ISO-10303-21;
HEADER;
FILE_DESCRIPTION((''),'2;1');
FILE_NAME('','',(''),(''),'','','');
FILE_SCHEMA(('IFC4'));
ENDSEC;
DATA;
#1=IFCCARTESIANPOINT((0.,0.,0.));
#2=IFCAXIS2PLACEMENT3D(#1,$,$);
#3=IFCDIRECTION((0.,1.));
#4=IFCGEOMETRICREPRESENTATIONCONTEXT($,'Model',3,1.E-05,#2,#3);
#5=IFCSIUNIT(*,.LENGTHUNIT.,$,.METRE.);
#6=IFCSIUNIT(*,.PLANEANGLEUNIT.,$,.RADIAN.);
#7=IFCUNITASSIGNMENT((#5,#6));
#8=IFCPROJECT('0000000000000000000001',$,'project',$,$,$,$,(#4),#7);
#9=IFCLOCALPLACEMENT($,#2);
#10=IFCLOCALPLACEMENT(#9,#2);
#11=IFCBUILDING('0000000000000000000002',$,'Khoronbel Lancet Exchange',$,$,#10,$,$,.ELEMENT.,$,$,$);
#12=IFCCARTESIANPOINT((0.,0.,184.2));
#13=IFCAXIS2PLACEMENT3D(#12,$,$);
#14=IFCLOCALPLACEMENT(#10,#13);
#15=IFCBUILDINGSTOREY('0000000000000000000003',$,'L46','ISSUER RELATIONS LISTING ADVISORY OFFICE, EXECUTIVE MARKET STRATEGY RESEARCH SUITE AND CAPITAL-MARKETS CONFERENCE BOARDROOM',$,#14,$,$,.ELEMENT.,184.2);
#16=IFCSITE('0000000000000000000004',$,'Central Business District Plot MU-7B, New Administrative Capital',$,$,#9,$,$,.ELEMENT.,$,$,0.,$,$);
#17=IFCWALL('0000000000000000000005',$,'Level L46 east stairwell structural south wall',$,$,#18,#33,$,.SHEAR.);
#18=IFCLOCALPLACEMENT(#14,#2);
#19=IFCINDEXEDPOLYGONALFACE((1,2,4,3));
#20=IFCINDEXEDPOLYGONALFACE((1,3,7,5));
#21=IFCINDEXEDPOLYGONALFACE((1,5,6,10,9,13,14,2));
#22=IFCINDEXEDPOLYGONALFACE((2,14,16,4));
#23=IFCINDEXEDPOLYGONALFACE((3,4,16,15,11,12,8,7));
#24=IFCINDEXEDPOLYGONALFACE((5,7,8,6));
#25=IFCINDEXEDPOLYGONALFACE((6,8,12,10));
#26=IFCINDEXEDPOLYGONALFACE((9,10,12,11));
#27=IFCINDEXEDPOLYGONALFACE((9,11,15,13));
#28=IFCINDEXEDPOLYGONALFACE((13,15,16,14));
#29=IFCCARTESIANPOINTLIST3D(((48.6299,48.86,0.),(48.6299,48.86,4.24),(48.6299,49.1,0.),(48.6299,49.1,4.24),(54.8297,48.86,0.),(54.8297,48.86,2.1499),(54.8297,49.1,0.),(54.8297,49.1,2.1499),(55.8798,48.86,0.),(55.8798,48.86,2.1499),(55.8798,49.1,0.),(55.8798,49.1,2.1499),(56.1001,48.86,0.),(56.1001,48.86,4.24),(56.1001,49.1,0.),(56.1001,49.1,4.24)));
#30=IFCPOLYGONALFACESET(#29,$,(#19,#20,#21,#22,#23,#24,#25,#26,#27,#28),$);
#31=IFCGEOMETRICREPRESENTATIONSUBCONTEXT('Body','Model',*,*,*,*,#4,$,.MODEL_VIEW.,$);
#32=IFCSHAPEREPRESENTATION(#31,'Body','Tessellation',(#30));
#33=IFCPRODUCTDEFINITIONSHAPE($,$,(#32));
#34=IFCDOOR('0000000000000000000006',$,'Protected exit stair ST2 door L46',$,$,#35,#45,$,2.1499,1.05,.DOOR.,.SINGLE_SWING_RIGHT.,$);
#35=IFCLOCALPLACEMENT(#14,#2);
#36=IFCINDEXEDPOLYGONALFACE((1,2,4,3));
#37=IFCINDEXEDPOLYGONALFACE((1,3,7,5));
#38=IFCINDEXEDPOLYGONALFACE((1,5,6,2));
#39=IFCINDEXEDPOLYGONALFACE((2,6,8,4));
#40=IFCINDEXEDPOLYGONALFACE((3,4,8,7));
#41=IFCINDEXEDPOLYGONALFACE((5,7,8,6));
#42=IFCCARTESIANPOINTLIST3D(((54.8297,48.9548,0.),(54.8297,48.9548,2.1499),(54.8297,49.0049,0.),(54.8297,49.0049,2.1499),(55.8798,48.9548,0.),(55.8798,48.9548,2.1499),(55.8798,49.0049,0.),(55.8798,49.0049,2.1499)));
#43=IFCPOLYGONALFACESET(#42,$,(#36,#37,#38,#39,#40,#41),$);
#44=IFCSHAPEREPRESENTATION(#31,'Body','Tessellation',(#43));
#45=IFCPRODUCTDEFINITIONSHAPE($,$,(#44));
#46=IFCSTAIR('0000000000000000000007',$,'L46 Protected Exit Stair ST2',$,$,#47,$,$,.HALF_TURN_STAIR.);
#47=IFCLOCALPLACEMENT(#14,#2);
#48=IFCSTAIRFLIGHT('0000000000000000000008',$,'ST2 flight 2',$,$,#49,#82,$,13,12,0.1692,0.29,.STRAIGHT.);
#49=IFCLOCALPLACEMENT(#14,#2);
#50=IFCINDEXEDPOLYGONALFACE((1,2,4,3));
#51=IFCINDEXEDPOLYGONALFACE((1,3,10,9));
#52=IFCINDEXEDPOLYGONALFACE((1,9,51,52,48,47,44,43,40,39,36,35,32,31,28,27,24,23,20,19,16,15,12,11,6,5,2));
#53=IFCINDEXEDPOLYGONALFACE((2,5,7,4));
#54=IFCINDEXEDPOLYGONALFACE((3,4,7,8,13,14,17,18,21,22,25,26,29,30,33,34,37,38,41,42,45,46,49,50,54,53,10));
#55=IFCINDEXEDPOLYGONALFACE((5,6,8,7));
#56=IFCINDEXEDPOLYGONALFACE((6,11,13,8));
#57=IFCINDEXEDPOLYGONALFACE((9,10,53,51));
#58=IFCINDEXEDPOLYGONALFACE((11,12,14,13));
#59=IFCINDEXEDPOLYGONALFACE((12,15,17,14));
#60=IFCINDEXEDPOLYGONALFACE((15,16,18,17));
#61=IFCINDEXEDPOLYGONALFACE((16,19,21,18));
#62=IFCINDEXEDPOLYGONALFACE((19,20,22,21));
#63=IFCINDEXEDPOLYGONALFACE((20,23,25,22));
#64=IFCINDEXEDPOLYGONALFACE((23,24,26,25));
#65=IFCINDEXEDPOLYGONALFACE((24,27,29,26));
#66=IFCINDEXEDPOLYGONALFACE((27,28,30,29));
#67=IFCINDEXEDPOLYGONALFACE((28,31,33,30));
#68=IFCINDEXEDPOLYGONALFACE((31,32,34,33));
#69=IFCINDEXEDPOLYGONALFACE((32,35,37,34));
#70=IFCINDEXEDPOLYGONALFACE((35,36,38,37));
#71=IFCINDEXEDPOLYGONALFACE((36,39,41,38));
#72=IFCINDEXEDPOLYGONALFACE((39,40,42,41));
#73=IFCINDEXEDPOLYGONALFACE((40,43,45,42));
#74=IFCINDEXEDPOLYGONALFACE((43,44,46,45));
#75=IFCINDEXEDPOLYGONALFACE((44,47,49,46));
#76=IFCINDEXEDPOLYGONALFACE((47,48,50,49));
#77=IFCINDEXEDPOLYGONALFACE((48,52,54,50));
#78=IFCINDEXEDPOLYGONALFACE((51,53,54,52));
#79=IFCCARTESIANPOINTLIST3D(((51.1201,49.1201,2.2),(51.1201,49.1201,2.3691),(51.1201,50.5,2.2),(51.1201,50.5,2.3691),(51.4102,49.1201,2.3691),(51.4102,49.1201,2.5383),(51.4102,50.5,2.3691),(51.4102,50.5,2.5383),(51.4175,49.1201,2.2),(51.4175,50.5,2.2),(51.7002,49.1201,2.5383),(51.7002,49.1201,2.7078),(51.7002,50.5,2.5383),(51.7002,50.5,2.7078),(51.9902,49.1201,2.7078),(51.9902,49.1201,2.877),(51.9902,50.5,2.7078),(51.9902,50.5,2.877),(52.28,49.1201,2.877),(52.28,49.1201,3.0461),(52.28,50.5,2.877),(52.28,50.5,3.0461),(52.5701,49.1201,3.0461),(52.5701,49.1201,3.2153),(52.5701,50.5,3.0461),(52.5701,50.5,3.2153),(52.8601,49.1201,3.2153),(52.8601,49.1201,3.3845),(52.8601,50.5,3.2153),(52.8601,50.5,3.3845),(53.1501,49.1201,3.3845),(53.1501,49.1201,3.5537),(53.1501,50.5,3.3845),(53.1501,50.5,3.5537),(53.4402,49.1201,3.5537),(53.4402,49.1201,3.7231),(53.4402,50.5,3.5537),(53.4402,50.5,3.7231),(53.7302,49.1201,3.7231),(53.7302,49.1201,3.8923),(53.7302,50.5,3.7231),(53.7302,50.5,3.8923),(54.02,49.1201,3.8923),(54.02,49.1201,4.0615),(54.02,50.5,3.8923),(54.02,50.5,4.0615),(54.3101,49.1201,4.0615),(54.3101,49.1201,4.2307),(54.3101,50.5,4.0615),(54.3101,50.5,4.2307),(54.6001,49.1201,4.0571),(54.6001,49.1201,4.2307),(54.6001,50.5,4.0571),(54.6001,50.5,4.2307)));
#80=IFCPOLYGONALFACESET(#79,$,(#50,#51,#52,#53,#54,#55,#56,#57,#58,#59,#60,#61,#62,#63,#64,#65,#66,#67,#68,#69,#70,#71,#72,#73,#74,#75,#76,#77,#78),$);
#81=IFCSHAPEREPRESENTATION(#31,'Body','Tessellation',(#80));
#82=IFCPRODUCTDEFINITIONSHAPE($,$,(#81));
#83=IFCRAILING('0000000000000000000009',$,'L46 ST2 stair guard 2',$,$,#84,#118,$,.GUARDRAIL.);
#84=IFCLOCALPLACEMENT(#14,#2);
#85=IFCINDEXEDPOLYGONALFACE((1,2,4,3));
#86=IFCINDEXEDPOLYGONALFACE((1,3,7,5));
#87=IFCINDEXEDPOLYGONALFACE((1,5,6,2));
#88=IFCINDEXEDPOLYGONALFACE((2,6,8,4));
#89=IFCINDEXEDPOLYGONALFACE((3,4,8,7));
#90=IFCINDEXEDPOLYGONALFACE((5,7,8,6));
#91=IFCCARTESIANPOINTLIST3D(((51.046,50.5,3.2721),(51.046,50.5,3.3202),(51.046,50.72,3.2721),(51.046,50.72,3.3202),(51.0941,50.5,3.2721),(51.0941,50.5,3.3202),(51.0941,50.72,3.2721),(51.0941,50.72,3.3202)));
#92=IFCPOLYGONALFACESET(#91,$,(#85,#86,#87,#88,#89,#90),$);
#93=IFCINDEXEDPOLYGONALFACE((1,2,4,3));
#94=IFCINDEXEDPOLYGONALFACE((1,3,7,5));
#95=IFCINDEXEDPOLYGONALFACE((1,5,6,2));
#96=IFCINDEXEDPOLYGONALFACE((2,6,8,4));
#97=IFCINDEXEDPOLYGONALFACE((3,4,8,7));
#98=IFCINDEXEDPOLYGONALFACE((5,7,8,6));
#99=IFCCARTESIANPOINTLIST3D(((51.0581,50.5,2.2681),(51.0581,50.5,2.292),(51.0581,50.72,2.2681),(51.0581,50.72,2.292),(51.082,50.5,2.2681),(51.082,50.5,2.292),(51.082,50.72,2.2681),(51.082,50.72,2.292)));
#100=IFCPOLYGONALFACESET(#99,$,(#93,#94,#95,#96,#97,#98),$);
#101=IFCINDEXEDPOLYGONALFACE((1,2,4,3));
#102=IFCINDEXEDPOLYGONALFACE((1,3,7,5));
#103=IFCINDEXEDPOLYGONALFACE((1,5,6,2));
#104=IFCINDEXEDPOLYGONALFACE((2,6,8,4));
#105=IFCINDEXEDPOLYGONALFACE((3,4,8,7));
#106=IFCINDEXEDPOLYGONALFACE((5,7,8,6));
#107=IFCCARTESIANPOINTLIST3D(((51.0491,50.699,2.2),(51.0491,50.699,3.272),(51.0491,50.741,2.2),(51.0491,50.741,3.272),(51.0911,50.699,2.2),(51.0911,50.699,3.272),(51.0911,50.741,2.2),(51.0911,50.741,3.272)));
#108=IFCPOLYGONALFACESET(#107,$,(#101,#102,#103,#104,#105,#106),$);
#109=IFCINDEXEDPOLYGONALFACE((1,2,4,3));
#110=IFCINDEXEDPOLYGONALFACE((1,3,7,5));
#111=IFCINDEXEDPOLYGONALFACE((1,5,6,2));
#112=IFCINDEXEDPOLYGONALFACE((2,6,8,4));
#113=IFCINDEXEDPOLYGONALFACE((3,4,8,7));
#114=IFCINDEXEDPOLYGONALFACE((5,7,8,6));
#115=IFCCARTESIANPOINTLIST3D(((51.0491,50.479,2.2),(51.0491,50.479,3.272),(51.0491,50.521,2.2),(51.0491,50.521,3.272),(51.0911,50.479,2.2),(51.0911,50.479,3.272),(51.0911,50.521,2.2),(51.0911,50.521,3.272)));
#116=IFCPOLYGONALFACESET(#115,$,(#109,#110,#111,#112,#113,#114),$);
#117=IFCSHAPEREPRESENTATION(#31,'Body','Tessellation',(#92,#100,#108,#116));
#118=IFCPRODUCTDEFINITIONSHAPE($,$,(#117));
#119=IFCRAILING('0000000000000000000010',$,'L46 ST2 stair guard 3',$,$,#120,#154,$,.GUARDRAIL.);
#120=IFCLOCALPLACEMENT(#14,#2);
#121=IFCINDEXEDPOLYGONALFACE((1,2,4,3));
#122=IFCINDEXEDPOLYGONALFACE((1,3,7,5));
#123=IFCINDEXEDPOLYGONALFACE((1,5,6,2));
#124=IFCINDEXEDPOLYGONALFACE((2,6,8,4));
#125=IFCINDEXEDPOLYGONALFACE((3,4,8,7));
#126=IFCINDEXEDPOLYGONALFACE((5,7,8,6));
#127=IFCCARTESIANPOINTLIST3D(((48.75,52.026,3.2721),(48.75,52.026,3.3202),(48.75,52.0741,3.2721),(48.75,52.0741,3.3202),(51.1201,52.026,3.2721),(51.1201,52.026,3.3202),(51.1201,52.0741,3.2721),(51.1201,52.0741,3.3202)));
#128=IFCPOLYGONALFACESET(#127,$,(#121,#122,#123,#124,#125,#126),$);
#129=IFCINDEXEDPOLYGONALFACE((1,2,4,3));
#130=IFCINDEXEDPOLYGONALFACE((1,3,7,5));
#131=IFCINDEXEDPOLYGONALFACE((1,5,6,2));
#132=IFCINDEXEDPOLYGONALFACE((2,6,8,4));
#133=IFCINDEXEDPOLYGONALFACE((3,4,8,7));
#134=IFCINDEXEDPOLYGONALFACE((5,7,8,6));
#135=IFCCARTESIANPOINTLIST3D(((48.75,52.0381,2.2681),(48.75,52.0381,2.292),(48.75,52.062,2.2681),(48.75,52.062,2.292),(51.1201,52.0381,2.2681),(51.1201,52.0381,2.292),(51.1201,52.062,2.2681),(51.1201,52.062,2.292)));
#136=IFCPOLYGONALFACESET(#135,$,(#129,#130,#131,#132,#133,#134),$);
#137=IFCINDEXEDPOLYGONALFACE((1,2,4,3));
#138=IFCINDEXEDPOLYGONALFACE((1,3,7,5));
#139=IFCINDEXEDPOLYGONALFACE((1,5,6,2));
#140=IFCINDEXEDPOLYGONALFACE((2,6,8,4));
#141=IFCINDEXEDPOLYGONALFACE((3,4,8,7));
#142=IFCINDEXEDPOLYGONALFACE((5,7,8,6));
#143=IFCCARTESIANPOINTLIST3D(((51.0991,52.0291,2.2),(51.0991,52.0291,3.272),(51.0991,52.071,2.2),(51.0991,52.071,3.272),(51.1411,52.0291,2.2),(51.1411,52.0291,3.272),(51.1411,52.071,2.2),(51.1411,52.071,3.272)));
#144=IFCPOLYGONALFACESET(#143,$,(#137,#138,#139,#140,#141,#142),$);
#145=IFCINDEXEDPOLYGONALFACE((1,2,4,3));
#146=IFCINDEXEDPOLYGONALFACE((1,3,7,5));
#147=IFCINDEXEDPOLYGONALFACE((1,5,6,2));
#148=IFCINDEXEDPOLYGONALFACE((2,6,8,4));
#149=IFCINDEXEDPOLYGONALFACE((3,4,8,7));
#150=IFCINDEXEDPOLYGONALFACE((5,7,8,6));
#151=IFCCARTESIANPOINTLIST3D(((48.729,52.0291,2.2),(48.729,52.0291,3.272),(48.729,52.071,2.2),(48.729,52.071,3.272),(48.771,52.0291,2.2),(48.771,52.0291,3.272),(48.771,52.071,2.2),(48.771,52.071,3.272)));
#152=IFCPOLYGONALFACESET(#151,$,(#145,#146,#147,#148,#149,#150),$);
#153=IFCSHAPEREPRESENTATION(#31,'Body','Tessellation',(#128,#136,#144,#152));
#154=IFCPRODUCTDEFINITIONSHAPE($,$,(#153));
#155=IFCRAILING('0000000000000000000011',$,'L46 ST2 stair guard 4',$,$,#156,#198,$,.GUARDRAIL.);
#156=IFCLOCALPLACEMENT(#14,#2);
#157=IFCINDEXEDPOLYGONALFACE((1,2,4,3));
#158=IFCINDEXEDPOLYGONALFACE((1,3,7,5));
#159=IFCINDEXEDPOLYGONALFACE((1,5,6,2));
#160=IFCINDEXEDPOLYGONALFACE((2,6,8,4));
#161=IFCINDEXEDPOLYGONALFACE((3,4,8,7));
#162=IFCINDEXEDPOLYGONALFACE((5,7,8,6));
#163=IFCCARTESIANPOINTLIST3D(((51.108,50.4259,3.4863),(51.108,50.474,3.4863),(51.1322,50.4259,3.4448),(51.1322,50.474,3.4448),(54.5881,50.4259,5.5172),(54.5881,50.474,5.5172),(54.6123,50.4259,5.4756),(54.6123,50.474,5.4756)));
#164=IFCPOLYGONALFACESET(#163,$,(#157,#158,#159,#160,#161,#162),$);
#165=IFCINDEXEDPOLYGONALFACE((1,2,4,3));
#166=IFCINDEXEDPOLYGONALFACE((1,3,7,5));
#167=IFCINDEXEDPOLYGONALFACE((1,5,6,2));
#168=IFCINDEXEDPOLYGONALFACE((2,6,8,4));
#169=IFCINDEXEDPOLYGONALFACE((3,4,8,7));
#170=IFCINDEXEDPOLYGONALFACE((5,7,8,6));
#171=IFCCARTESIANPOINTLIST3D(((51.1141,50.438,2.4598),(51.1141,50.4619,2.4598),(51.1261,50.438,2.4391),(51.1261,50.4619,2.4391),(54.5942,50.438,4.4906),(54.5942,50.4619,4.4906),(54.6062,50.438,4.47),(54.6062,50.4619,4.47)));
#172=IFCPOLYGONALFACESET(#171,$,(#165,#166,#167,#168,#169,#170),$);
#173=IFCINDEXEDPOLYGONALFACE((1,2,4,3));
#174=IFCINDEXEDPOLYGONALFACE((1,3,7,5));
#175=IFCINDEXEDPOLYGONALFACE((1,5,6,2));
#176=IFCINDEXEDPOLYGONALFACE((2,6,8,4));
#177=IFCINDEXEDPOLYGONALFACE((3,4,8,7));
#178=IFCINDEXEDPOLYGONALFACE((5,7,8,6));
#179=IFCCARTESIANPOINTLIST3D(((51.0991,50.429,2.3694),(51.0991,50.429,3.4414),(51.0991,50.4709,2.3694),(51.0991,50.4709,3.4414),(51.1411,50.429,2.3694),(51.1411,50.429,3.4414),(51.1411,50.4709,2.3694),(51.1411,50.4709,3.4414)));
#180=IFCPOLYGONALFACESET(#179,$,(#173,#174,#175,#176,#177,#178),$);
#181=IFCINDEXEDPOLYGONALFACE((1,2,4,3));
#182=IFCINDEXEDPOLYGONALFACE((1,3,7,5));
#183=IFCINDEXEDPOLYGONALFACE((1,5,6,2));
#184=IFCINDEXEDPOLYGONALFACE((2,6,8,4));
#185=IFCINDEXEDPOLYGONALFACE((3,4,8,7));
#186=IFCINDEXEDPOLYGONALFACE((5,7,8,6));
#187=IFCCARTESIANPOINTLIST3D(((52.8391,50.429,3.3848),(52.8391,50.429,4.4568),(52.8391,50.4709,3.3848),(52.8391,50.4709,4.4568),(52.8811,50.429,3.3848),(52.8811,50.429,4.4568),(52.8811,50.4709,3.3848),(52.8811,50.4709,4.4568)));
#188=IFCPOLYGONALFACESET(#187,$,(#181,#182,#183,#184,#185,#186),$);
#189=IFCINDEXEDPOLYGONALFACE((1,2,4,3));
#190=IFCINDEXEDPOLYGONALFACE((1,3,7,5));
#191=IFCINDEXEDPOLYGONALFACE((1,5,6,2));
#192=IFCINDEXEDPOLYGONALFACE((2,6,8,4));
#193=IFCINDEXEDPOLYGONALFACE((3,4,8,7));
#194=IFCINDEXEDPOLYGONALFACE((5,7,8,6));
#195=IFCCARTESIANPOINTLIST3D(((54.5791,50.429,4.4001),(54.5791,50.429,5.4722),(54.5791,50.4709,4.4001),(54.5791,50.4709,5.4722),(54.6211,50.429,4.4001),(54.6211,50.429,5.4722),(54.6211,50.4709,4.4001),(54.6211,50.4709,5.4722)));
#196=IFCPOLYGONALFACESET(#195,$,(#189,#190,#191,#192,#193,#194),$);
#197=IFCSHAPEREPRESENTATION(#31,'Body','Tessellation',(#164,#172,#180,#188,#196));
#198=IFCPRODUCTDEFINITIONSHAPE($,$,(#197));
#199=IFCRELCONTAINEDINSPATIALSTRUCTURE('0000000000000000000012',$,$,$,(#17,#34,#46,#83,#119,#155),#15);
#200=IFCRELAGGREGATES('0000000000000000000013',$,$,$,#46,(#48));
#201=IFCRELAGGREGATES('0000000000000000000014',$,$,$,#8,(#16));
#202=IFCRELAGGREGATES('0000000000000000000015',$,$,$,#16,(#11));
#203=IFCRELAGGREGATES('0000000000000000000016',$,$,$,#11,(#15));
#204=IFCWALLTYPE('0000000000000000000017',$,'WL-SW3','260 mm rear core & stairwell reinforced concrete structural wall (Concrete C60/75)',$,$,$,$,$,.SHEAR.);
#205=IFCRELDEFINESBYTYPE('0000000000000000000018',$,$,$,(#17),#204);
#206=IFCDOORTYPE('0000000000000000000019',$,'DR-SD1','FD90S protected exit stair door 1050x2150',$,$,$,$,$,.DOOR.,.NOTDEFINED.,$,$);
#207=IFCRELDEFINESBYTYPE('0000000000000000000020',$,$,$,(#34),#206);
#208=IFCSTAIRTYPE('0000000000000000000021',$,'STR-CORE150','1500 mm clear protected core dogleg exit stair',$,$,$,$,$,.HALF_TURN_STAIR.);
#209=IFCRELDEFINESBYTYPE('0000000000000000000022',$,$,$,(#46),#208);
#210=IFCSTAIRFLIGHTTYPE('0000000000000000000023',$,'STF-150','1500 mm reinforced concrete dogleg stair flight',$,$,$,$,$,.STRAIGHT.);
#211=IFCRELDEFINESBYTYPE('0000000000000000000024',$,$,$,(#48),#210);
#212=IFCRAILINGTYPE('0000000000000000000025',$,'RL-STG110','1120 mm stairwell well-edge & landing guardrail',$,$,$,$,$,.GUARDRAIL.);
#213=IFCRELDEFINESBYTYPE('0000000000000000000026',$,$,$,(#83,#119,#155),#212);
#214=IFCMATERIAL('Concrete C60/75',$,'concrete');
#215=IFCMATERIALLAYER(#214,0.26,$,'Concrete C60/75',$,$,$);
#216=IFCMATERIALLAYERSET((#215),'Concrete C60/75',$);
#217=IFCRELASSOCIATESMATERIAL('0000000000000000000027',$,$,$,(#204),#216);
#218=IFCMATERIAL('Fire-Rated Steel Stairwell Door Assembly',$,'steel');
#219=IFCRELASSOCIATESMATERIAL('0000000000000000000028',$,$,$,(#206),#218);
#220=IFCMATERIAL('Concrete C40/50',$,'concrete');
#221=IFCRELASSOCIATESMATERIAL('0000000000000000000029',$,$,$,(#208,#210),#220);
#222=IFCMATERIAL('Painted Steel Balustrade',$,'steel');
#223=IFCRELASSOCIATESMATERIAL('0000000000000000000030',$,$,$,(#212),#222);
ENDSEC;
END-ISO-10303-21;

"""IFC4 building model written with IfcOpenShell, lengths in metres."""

from ifc_helpers import new_model, si_unit, direction, frame, frame_2d, origin, origin_2d, place, context, subcontext, project, spatial, polyline, rectangle, outline, extrude, material, layer, layer_set, type_object, element, fill, aggregate, save


model = new_model("IFC4")

# Units and contexts
model_context = context("Model", 3, precision=1e-05, world=origin(), true_north=direction((0.0, 1.0)))
body_context = subcontext(model_context, "Body", "Model", "MODEL_VIEW")
ifc_project = project(units=[si_unit("LENGTHUNIT", "METRE"), si_unit("PLANEANGLEUNIT", "RADIAN")], contexts=[model_context])

# Site, building, storey
site_placement = place(None, origin())
site = spatial("IfcSite", under=ifc_project, at=site_placement, Name="Central Business District Plot MU-7B, New Administrative Capital", CompositionType="ELEMENT", RefElevation=0.0)
building_placement = place(site_placement, origin())
building = spatial("IfcBuilding", under=site, at=building_placement, Name="Khoronbel Lancet Exchange", CompositionType="ELEMENT")
storey_placement = place(building_placement, frame((0.0, 0.0, 184.2)))
storey = spatial("IfcBuildingStorey", under=building, at=storey_placement, Name="L46", Description="ISSUER RELATIONS LISTING ADVISORY OFFICE, EXECUTIVE MARKET STRATEGY RESEARCH SUITE AND CAPITAL-MARKETS CONFERENCE BOARDROOM", CompositionType="ELEMENT", Elevation=184.2)

# Shared definitions
ifc_material_1 = material(Name="Concrete C60/75", Category="concrete")

# Wall, opening, door
ifc_layer_1 = layer(ifc_material_1, 0.26, Name="Concrete C60/75")
ifc_layer_set_1 = layer_set([ifc_layer_1], Name="Concrete C60/75")
wall_type_1 = type_object("IfcWallType", Name="WL-SW3", Description="260 mm rear core & stairwell reinforced concrete structural wall (Concrete C60/75)", PredefinedType="SHEAR", material=ifc_layer_set_1)
wall_1_placement = place(storey_placement, frame((48.6299, 48.98, 0.0), z_axis=(0.0, 0.0, 1.0), x_axis=(1.0, 0.0, 0.0)))
wall_1 = element("IfcWall", 1, at=wall_1_placement, inside=storey, type_object=wall_type_1, Name="Level L46 east stairwell structural south wall", PredefinedType="SHEAR", context=body_context, shape_type="SweptSolid", body=[
    extrude(rectangle(XDim=7.4702, YDim=0.24, at=frame_2d((3.7351, 0.0))), origin(), (0.0, 0.0, 1.0), 4.24),
])
opening_1_placement = place(wall_1_placement, frame((6.2, 0.0, 0.0)))
opening_1 = element("IfcOpeningElement", 2, at=opening_1_placement, cuts=wall_1, PredefinedType="OPENING", context=body_context, shape_type="SweptSolid", body=[
    extrude(rectangle(XDim=1.05, YDim=2.1499, at=frame_2d((0.5249, 1.075))), frame((0.0, 0.1299, 0.0), z_axis=(0.0, -1.0, 0.0), x_axis=(1.0, 0.0, 0.0)), (0.0, 0.0, 1.0), 0.26),
])
ifc_material_2 = material(Name="Fire-Rated Steel Stairwell Door Assembly", Category="steel")
door_type_1 = type_object("IfcDoorType", Name="DR-SD1", Description="FD90S protected exit stair door 1050x2150", OperationType="NOTDEFINED", PredefinedType="DOOR", material=ifc_material_2)
door_1_placement = place(opening_1_placement, origin())
door_1 = element("IfcDoor", 3, at=door_1_placement, inside=storey, type_object=door_type_1, Name="Protected exit stair ST2 door L46", OperationType="SINGLE_SWING_RIGHT", OverallHeight=2.1499, OverallWidth=1.05, PredefinedType="DOOR", context=body_context, shape_type="SweptSolid", body=[
    extrude(rectangle(XDim=1.05, YDim=2.1499, at=frame_2d((0.5249, 1.075))), frame((0.0, 0.0249, 0.0), z_axis=(0.0, -1.0, 0.0), x_axis=(1.0, 0.0, 0.0)), (0.0, 0.0, 1.0), 0.05),
])
fill(opening_1, door_1)

# Stair, stair flight
ifc_material_3 = material(Name="Concrete C40/50", Category="concrete")
stair_type = type_object("IfcStairType", Name="STR-CORE150", Description="1500 mm clear protected core dogleg exit stair", PredefinedType="HALF_TURN_STAIR", material=ifc_material_3)
stair_placement = place(storey_placement, origin())
stair = element("IfcStair", 4, at=stair_placement, inside=storey, type_object=stair_type, Name="L46 Protected Exit Stair ST2", PredefinedType="HALF_TURN_STAIR")
stair_flight_type = type_object("IfcStairFlightType", Name="STF-150", Description="1500 mm reinforced concrete dogleg stair flight", PredefinedType="STRAIGHT", material=ifc_material_3)
stair_flight_placement = place(storey_placement, frame((51.1201, 49.8101, 2.2), z_axis=(0.0, 0.0, 1.0), x_axis=(1.0, 0.0, 0.0)))
stair_flight = element("IfcStairFlight", 5, at=stair_flight_placement, type_object=stair_flight_type, Name="ST2 flight 2", NumberOfRisers=13, NumberOfTreads=12, PredefinedType="STRAIGHT", RiserHeight=0.1692, TreadLength=0.29, context=body_context, shape_type="SweptSolid", body=[
    extrude(outline(polyline([(0.0, 0.0), (0.0, 0.1692), (0.29, 0.1692), (0.29, 0.3384), (0.5801, 0.3384), (0.5801, 0.5078), (0.8701, 0.5078), (0.8701, 0.677), (1.1599, 0.677), (1.1599, 0.8462), (1.45, 0.8462), (1.45, 1.0154), (1.74, 1.0154), (1.74, 1.1846), (2.03, 1.1846), (2.03, 1.3538), (2.3201, 1.3538), (2.3201, 1.5232), (2.6101, 1.5232), (2.6101, 1.6924), (2.8999, 1.6924), (2.8999, 1.8616), (3.1899, 1.8616), (3.1899, 2.0308), (3.48, 2.0308), (3.48, 2.2), (3.48, 1.8572), (0.2974, 0.0), (0.0, 0.0)])), frame((0.0, 0.6899, 0.0), z_axis=(0.0, -1.0, 0.0), x_axis=(1.0, 0.0, 0.0)), (0.0, 0.0, 1.0), 1.3799),
])
aggregate(stair, [stair_flight])

# Railings
ifc_material_4 = material(Name="Painted Steel Balustrade", Category="steel")
railing_type_1 = type_object("IfcRailingType", Name="RL-STG110", Description="1120 mm stairwell well-edge & landing guardrail", PredefinedType="GUARDRAIL", material=ifc_material_4)
railing_1_placement = place(storey_placement, frame((51.0701, 50.72, 2.2)))
element("IfcRailing", 6, at=railing_1_placement, inside=storey, type_object=railing_type_1, Name="L46 ST2 stair guard 2", PredefinedType="GUARDRAIL", context=body_context, shape_type="SweptSolid", body=[
    extrude(rectangle(XDim=0.0481, YDim=0.0481, at=origin_2d()), frame((0.0, 0.0, 1.0962), z_axis=(0.0, -1.0, 0.0), x_axis=(1.0, 0.0, 0.0)), (0.0, 0.0, 1.0), 0.22),
    extrude(rectangle(XDim=0.0239, YDim=0.0239, at=origin_2d()), frame((0.0, 0.0, 0.0801), z_axis=(0.0, -1.0, 0.0), x_axis=(1.0, 0.0, 0.0)), (0.0, 0.0, 1.0), 0.22),
    extrude(rectangle(XDim=0.042, YDim=0.042, at=origin_2d()), origin(), (0.0, 0.0, 1.0), 1.072),
    extrude(rectangle(XDim=0.042, YDim=0.042, at=origin_2d()), frame((0.0, -0.22, 0.0)), (0.0, 0.0, 1.0), 1.072),
])
railing_2_placement = place(storey_placement, frame((51.1201, 52.05, 2.2)))
element("IfcRailing", 7, at=railing_2_placement, inside=storey, type_object=railing_type_1, Name="L46 ST2 stair guard 3", PredefinedType="GUARDRAIL", context=body_context, shape_type="SweptSolid", body=[
    extrude(rectangle(XDim=0.0481, YDim=0.0481, at=origin_2d()), frame((0.0, 0.0, 1.0962), z_axis=(-1.0, 0.0, 0.0), x_axis=(0.0, -1.0, 0.0)), (0.0, 0.0, 1.0), 2.3701),
    extrude(rectangle(XDim=0.0239, YDim=0.0239, at=origin_2d()), frame((0.0, 0.0, 0.0801), z_axis=(-1.0, 0.0, 0.0), x_axis=(0.0, -1.0, 0.0)), (0.0, 0.0, 1.0), 2.3701),
    extrude(rectangle(XDim=0.042, YDim=0.042, at=origin_2d()), origin(), (0.0, 0.0, 1.0), 1.072),
    extrude(rectangle(XDim=0.042, YDim=0.042, at=origin_2d()), frame((-2.3701, 0.0, 0.0)), (0.0, 0.0, 1.0), 1.072),
])
railing_3_placement = place(storey_placement, frame((51.1201, 50.45, 2.3694)))
element("IfcRailing", 8, at=railing_3_placement, inside=storey, type_object=railing_type_1, Name="L46 ST2 stair guard 4", PredefinedType="GUARDRAIL", context=body_context, shape_type="SweptSolid", body=[
    extrude(rectangle(XDim=0.0481, YDim=0.0481, at=origin_2d()), frame((0.0, 0.0, 1.0962), z_axis=(0.863695, 0.0, 0.504014), x_axis=(0.0, 1.0, 0.0)), (0.0, 0.0, 1.0), 4.0293),
    extrude(rectangle(XDim=0.0239, YDim=0.0239, at=origin_2d()), frame((0.0, 0.0, 0.0801), z_axis=(0.863695, 0.0, 0.504014), x_axis=(0.0, 1.0, 0.0)), (0.0, 0.0, 1.0), 4.0293),
    extrude(rectangle(XDim=0.042, YDim=0.042, at=origin_2d()), origin(), (0.0, 0.0, 1.0), 1.072),
    extrude(rectangle(XDim=0.042, YDim=0.042, at=origin_2d()), frame((1.74, 0.0, 1.0154)), (0.0, 0.0, 1.0), 1.072),
    extrude(rectangle(XDim=0.042, YDim=0.042, at=origin_2d()), frame((3.48, 0.0, 2.0308)), (0.0, 0.0, 1.0), 1.072),
])

save(model, "model.ifc")
